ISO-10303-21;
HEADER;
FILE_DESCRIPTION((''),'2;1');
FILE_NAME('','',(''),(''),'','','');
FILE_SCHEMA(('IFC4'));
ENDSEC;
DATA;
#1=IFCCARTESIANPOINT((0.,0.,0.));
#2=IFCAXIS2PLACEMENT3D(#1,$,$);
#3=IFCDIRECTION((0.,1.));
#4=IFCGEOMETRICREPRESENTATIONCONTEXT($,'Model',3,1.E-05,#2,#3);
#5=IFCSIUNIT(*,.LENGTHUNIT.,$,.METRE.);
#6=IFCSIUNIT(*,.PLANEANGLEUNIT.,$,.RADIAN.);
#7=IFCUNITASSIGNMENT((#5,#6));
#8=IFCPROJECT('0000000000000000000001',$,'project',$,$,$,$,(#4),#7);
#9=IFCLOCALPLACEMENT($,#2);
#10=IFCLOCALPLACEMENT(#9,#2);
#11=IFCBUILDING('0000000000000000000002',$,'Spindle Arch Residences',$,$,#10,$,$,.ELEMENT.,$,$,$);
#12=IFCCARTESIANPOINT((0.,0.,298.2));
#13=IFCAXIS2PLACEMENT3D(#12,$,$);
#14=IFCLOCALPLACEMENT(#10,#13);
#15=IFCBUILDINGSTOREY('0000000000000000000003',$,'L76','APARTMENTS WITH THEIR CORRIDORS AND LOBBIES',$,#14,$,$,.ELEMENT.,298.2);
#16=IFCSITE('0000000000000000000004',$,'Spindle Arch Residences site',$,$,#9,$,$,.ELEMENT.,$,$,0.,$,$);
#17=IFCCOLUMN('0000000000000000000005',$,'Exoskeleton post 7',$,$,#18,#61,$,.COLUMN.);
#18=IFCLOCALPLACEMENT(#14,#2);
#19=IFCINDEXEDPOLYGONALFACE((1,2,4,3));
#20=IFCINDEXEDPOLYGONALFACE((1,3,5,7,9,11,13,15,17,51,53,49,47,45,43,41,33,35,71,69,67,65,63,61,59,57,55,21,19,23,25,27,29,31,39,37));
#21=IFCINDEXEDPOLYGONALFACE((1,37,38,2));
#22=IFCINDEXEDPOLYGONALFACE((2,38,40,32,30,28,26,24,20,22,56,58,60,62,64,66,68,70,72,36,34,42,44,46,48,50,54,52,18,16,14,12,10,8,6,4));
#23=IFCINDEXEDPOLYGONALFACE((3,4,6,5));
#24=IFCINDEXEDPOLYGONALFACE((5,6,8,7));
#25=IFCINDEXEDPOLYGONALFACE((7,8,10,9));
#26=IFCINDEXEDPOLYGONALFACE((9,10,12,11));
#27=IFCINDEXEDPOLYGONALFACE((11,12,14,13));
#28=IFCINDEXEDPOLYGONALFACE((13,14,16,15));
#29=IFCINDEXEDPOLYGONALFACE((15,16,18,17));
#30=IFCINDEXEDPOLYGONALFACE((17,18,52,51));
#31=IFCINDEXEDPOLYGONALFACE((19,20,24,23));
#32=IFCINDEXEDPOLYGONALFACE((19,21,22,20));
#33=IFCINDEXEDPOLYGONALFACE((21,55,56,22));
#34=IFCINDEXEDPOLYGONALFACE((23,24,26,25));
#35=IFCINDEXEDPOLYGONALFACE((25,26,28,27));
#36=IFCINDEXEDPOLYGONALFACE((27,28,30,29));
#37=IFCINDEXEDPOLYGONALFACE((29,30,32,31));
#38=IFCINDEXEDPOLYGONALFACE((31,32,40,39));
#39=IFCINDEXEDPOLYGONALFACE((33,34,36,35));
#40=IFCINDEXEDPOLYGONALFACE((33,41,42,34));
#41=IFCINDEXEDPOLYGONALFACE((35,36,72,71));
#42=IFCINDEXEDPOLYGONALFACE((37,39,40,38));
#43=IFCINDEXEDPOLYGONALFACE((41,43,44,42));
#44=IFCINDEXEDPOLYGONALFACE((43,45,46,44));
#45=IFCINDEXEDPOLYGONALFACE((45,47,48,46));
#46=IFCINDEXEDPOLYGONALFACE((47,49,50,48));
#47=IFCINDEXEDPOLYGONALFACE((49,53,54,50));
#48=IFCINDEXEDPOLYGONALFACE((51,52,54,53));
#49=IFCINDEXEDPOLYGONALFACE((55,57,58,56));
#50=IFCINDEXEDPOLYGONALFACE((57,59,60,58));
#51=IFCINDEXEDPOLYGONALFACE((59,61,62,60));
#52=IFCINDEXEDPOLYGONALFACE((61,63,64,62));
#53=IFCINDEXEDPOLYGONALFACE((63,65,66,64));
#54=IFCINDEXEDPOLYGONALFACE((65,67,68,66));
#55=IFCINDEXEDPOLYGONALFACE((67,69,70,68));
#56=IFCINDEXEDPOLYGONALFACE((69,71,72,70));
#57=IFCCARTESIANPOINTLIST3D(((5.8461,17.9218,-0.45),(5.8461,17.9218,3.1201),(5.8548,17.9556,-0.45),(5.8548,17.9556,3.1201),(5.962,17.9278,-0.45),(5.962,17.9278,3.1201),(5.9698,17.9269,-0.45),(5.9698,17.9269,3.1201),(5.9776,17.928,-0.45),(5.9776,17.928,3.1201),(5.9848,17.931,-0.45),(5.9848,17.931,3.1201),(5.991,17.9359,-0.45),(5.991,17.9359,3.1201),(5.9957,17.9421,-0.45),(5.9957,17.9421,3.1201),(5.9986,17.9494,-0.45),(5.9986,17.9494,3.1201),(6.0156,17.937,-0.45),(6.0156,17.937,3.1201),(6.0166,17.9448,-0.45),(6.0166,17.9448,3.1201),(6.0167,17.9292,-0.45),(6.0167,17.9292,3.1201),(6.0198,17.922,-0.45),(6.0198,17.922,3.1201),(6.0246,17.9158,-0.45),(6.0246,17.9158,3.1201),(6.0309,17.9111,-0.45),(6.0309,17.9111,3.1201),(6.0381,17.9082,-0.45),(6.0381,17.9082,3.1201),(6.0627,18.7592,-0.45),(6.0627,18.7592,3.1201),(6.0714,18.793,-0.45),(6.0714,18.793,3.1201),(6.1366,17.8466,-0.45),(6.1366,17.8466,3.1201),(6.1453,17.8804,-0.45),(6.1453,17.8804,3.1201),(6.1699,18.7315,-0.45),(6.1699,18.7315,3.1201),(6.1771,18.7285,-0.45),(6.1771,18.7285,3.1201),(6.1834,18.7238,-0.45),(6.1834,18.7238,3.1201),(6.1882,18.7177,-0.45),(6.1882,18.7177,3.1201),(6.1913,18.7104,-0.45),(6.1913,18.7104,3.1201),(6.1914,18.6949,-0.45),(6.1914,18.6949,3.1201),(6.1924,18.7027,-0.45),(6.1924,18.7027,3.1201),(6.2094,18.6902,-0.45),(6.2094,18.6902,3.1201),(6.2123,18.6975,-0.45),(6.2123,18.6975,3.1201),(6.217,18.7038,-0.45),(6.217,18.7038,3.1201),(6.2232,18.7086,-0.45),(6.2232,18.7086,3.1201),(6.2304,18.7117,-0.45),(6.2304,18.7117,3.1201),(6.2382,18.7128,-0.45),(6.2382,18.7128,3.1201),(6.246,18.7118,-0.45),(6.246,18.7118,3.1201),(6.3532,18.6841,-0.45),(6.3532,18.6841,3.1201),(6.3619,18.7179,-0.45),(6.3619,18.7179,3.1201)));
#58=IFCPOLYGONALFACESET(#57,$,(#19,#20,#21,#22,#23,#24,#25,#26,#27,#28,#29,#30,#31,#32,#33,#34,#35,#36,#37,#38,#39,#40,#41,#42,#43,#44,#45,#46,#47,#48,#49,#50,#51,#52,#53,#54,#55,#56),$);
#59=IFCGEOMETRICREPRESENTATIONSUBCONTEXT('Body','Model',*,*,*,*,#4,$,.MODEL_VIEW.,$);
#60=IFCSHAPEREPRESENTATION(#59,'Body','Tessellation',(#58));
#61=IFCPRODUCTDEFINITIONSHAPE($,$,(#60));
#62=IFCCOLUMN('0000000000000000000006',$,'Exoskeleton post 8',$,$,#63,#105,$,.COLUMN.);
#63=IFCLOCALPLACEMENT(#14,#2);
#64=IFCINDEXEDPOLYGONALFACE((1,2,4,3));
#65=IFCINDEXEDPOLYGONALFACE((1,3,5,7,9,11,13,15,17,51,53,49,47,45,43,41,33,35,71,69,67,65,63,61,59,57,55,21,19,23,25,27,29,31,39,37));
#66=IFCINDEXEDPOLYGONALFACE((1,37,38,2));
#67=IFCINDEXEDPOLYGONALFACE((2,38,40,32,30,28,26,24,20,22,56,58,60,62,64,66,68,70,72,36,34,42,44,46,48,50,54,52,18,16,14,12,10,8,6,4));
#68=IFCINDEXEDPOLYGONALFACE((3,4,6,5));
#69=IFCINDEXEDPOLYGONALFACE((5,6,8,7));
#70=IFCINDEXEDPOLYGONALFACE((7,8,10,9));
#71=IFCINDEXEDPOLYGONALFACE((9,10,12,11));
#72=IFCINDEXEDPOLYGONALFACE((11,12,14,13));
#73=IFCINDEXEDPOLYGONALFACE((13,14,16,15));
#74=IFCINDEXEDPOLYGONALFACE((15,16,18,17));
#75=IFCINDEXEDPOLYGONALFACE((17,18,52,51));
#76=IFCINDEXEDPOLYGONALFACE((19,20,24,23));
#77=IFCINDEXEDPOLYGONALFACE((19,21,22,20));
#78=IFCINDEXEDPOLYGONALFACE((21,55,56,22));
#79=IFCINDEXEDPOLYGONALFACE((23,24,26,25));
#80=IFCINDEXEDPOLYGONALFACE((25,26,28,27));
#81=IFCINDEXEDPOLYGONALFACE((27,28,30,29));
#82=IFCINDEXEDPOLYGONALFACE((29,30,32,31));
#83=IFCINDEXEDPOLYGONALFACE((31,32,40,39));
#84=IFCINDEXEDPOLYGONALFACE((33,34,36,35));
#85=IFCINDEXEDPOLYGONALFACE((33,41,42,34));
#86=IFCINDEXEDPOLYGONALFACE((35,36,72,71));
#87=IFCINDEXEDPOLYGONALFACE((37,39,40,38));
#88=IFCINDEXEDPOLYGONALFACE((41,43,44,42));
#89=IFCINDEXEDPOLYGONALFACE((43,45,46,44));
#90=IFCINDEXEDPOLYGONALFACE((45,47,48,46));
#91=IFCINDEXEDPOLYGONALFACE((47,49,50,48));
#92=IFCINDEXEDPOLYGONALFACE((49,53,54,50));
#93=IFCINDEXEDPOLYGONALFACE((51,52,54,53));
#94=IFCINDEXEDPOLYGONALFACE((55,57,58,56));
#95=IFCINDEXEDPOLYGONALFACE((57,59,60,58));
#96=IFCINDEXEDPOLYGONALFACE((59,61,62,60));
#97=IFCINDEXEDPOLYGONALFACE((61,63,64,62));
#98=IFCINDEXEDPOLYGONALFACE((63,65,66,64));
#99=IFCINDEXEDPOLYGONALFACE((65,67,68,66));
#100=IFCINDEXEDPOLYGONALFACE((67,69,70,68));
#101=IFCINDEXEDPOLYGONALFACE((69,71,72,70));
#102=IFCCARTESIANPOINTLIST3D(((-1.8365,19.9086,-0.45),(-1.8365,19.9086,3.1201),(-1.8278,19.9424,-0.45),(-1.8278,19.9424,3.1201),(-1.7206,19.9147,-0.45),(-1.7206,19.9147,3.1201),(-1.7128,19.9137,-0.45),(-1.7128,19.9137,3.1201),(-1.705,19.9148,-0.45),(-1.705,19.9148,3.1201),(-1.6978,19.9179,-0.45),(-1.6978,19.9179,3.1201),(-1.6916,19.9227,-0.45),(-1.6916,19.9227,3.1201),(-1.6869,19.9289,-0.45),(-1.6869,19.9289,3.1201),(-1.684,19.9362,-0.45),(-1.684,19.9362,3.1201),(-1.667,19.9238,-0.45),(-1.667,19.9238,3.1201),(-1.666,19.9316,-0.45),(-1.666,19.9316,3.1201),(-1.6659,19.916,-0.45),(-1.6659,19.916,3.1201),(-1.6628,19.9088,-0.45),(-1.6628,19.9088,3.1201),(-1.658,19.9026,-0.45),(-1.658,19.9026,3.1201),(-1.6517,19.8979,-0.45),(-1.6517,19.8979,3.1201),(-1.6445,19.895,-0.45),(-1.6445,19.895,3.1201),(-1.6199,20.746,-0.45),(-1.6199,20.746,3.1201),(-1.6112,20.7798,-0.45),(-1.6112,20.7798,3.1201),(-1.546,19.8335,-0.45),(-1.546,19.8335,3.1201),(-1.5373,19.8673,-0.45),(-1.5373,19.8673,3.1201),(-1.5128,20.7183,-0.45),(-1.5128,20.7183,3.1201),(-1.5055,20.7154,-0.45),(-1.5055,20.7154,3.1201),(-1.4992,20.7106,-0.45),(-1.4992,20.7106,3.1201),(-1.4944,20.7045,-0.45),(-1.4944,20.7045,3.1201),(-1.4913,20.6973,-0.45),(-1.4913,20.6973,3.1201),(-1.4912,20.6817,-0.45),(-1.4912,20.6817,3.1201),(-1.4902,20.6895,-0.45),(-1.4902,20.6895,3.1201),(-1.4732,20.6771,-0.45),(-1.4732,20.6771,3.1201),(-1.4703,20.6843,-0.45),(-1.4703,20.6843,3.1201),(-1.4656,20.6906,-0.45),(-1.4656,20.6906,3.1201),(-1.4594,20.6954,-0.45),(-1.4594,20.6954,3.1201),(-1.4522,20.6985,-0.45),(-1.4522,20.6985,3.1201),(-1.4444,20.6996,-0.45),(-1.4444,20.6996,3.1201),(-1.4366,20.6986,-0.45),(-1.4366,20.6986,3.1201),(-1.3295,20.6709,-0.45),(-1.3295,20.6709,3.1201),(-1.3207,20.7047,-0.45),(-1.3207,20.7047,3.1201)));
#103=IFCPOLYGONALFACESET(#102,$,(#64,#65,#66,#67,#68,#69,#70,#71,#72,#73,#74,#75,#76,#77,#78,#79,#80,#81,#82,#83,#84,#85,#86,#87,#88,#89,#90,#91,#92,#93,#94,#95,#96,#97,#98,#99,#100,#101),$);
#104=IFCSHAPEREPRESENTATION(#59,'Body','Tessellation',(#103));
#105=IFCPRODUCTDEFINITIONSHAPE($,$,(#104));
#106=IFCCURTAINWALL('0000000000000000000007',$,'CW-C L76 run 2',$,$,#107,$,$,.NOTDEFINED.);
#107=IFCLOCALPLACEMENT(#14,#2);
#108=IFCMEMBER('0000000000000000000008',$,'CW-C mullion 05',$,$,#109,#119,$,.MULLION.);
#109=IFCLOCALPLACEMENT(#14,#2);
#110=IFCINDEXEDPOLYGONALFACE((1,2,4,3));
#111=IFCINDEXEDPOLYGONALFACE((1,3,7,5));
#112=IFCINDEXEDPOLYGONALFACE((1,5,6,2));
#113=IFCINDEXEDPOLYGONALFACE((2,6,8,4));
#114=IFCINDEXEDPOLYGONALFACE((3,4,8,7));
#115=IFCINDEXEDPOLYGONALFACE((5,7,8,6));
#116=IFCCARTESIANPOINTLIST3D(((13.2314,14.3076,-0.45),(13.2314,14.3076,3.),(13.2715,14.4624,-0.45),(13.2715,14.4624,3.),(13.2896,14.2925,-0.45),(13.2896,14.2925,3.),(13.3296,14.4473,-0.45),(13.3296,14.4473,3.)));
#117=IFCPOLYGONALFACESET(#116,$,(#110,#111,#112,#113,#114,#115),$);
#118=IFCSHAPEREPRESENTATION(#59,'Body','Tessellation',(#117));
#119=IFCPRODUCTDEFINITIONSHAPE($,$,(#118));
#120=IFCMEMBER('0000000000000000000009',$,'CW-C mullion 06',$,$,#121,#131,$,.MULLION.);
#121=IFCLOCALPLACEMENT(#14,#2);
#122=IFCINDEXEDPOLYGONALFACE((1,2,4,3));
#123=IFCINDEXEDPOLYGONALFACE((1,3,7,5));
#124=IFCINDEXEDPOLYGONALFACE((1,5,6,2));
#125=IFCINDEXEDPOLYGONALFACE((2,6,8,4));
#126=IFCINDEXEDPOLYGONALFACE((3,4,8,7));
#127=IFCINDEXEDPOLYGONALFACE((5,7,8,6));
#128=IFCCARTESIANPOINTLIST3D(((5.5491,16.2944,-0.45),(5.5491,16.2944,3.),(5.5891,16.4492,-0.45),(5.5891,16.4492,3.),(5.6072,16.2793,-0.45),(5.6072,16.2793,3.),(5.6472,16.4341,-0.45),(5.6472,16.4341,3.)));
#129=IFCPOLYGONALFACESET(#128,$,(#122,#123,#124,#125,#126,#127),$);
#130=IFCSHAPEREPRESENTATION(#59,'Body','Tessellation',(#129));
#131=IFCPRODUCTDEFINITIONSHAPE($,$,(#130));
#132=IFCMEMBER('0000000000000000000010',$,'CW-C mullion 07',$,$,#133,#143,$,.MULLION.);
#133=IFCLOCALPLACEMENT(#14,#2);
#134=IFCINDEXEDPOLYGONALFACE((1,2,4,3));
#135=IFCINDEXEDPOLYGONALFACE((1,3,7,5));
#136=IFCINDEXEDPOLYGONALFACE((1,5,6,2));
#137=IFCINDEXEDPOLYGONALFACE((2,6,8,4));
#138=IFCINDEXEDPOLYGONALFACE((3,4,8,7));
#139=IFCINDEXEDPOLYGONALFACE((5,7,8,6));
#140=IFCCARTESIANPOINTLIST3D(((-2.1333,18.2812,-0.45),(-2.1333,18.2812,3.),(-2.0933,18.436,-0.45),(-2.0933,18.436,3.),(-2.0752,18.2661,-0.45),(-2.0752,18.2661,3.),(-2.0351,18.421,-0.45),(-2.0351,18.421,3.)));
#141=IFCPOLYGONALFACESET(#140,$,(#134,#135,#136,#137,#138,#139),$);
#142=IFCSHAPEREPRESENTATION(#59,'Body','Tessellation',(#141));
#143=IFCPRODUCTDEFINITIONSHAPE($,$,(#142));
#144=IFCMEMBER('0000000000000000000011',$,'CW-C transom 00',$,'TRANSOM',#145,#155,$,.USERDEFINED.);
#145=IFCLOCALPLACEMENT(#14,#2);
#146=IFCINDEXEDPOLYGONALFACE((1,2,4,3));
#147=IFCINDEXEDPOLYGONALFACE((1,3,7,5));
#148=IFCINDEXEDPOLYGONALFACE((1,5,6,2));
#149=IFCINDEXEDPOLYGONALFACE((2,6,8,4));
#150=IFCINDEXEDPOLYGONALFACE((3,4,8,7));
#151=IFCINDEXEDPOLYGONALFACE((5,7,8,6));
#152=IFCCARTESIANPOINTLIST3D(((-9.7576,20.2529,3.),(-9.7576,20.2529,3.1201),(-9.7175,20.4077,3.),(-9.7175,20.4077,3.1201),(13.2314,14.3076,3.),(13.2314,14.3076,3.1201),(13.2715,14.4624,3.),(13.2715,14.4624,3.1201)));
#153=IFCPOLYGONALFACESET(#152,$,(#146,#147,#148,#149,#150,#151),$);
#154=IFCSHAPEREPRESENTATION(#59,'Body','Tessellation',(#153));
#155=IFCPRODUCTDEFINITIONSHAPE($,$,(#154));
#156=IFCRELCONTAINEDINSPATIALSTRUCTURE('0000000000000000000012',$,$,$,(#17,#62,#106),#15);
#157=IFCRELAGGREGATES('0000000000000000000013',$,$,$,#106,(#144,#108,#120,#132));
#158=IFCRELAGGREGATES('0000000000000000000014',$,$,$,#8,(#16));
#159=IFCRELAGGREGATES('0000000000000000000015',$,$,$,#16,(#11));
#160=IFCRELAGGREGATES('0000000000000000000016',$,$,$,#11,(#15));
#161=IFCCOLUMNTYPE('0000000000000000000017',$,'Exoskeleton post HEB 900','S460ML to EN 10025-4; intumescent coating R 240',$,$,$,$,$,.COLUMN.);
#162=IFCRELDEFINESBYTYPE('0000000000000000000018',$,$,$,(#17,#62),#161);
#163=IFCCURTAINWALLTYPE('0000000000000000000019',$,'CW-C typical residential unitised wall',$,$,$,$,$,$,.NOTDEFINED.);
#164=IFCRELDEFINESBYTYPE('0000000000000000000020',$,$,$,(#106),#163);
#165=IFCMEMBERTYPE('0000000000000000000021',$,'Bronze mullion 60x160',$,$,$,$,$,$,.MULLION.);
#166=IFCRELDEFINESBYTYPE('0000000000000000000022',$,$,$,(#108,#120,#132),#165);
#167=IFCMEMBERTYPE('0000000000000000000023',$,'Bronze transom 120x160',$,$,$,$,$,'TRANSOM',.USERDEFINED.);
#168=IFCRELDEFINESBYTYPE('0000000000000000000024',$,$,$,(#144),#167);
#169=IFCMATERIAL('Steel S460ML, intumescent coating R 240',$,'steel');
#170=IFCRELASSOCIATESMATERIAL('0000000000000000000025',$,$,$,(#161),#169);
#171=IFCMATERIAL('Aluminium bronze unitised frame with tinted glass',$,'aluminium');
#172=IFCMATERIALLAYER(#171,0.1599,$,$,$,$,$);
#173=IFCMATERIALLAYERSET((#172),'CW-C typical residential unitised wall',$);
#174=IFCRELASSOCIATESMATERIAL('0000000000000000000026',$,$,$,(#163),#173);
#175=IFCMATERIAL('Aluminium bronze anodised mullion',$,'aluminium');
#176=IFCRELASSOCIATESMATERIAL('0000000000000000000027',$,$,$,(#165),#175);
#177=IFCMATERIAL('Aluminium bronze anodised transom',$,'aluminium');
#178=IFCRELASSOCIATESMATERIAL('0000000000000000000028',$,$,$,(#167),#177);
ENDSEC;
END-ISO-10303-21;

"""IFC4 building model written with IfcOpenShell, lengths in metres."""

from ifc_helpers import new_model, si_unit, direction, frame, origin, origin_2d, place, context, subcontext, project, spatial, rectangle, i_section, extrude, material, layer, layer_set, material_profile, profile_set, type_object, element, aggregate, save


model = new_model("IFC4")

# Units and contexts
model_context = context("Model", 3, precision=1e-05, world=origin(), true_north=direction((0.0, 1.0)))
body_context = subcontext(model_context, "Body", "Model", "MODEL_VIEW")
ifc_project = project(units=[si_unit("LENGTHUNIT", "METRE"), si_unit("PLANEANGLEUNIT", "RADIAN")], contexts=[model_context])

# Site, building, storey
site_placement = place(None, origin())
site = spatial("IfcSite", under=ifc_project, at=site_placement, Name="Spindle Arch Residences site", CompositionType="ELEMENT", RefElevation=0.0)
building_placement = place(site_placement, origin())
building = spatial("IfcBuilding", under=site, at=building_placement, Name="Spindle Arch Residences", CompositionType="ELEMENT")
storey_placement = place(building_placement, frame((0.0, 0.0, 298.2)))
storey = spatial("IfcBuildingStorey", under=building, at=storey_placement, Name="L76", Description="APARTMENTS WITH THEIR CORRIDORS AND LOBBIES", CompositionType="ELEMENT", Elevation=298.2)

# Columns
ifc_material_1 = material(Name="Steel S460ML, intumescent coating R 240", Category="steel")
ifc_material_profile_1 = material_profile(ifc_material_1, i_section(OverallWidth=0.3, OverallDepth=0.8999, WebThickness=0.0186, FlangeThickness=0.0349, FilletRadius=0.03, at=origin_2d()), Name="HEB 900")
ifc_profile_set_1 = profile_set([ifc_material_profile_1], Name="Steel S460ML, intumescent coating R 240")
column_type = type_object("IfcColumnType", Name="Exoskeleton post HEB 900", Description="S460ML to EN 10025-4; intumescent coating R 240", PredefinedType="COLUMN", material=ifc_profile_set_1)
for number, where, z_axis, x_axis, name in (
    (1, (6.104, 18.3198, -0.45), (0.0, 0.0, 1.0), (0.968148, -0.25038, 0.0), "Exoskeleton post 7"),
    (2, (-1.5786, 20.3066, -0.45), (0.0, 0.0, 1.0), (0.968148, -0.25038, 0.0), "Exoskeleton post 8"),
):
    element("IfcColumn", number, at=place(storey_placement, frame(where, z_axis=z_axis, x_axis=x_axis)), inside=storey, type_object=column_type, Name=name, PredefinedType="COLUMN", context=body_context, shape_type="SweptSolid", body=[
        extrude(i_section(OverallWidth=0.3, OverallDepth=0.8999, WebThickness=0.0186, FlangeThickness=0.0349, FilletRadius=0.03, at=origin_2d()), origin(), (0.0, 0.0, 1.0), 3.5701),
    ])

# Curtain wall, members
ifc_material_2 = material(Name="Aluminium bronze unitised frame with tinted glass", Category="aluminium")
ifc_layer_1 = layer(ifc_material_2, 0.1599)
ifc_layer_set_1 = layer_set([ifc_layer_1], Name="CW-C typical residential unitised wall")
curtain_wall_type = type_object("IfcCurtainWallType", Name="CW-C typical residential unitised wall", PredefinedType="NOTDEFINED", material=ifc_layer_set_1)
curtain_wall_placement = place(storey_placement, origin())
curtain_wall = element("IfcCurtainWall", 3, at=curtain_wall_placement, inside=storey, type_object=curtain_wall_type, Name="CW-C L76 run 2", PredefinedType="NOTDEFINED")
ifc_material_3 = material(Name="Aluminium bronze anodised mullion", Category="aluminium")
ifc_material_profile_2 = material_profile(ifc_material_3, rectangle(XDim=0.1599, YDim=0.0601, at=origin_2d()), Name="MU 60x160")
ifc_profile_set_2 = profile_set([ifc_material_profile_2], Name="Aluminium bronze anodised mullion")
member_type_1 = type_object("IfcMemberType", Name="Bronze mullion 60x160", PredefinedType="MULLION", material=ifc_profile_set_2)
member_1_placement = place(storey_placement, frame((13.2805, 14.3774, -0.45), z_axis=(0.0, 0.0, 1.0), x_axis=(-0.25038, -0.968148, 0.0)))
member_1 = element("IfcMember", 4, at=member_1_placement, type_object=member_type_1, Name="CW-C mullion 05", PredefinedType="MULLION", context=body_context, shape_type="SweptSolid", body=[
    extrude(rectangle(XDim=0.1599, YDim=0.0601, at=origin_2d()), origin(), (0.0, 0.0, 1.0), 3.45),
])
member_2_placement = place(storey_placement, frame((5.5981, 16.3643, -0.45), z_axis=(0.0, 0.0, 1.0), x_axis=(-0.25038, -0.968148, 0.0)))
member_2 = element("IfcMember", 5, at=member_2_placement, type_object=member_type_1, Name="CW-C mullion 06", PredefinedType="MULLION", context=body_context, shape_type="SweptSolid", body=[
    extrude(rectangle(XDim=0.1599, YDim=0.0601, at=origin_2d()), origin(), (0.0, 0.0, 1.0), 3.45),
])
member_3_placement = place(storey_placement, frame((-2.0842, 18.3511, -0.45), z_axis=(0.0, 0.0, 1.0), x_axis=(-0.25038, -0.968148, 0.0)))
member_3 = element("IfcMember", 6, at=member_3_placement, type_object=member_type_1, Name="CW-C mullion 07", PredefinedType="MULLION", context=body_context, shape_type="SweptSolid", body=[
    extrude(rectangle(XDim=0.1599, YDim=0.0601, at=origin_2d()), origin(), (0.0, 0.0, 1.0), 3.45),
])
ifc_material_4 = material(Name="Aluminium bronze anodised transom", Category="aluminium")
ifc_material_profile_3 = material_profile(ifc_material_4, rectangle(XDim=0.1599, YDim=0.1201, at=origin_2d()), Name="TR 120x160")
ifc_profile_set_3 = profile_set([ifc_material_profile_3], Name="Aluminium bronze anodised transom")
member_type_2 = type_object("IfcMemberType", Name="Bronze transom 120x160", ElementType="TRANSOM", PredefinedType="USERDEFINED", material=ifc_profile_set_3)
member_4_placement = place(storey_placement, frame((13.2515, 14.385, 3.0601), z_axis=(-0.968148, 0.250378, 0.0), x_axis=(-0.250378, -0.968148, 0.0)))
member_4 = element("IfcMember", 7, at=member_4_placement, type_object=member_type_2, Name="CW-C transom 00", ObjectType="TRANSOM", PredefinedType="USERDEFINED", context=body_context, shape_type="SweptSolid", body=[
    extrude(rectangle(XDim=0.1599, YDim=0.1201, at=origin_2d()), origin(), (0.0, 0.0, 1.0), 23.7454),
])

aggregate(curtain_wall, [member_4, member_1, member_2, member_3])

save(model, "model.ifc")
